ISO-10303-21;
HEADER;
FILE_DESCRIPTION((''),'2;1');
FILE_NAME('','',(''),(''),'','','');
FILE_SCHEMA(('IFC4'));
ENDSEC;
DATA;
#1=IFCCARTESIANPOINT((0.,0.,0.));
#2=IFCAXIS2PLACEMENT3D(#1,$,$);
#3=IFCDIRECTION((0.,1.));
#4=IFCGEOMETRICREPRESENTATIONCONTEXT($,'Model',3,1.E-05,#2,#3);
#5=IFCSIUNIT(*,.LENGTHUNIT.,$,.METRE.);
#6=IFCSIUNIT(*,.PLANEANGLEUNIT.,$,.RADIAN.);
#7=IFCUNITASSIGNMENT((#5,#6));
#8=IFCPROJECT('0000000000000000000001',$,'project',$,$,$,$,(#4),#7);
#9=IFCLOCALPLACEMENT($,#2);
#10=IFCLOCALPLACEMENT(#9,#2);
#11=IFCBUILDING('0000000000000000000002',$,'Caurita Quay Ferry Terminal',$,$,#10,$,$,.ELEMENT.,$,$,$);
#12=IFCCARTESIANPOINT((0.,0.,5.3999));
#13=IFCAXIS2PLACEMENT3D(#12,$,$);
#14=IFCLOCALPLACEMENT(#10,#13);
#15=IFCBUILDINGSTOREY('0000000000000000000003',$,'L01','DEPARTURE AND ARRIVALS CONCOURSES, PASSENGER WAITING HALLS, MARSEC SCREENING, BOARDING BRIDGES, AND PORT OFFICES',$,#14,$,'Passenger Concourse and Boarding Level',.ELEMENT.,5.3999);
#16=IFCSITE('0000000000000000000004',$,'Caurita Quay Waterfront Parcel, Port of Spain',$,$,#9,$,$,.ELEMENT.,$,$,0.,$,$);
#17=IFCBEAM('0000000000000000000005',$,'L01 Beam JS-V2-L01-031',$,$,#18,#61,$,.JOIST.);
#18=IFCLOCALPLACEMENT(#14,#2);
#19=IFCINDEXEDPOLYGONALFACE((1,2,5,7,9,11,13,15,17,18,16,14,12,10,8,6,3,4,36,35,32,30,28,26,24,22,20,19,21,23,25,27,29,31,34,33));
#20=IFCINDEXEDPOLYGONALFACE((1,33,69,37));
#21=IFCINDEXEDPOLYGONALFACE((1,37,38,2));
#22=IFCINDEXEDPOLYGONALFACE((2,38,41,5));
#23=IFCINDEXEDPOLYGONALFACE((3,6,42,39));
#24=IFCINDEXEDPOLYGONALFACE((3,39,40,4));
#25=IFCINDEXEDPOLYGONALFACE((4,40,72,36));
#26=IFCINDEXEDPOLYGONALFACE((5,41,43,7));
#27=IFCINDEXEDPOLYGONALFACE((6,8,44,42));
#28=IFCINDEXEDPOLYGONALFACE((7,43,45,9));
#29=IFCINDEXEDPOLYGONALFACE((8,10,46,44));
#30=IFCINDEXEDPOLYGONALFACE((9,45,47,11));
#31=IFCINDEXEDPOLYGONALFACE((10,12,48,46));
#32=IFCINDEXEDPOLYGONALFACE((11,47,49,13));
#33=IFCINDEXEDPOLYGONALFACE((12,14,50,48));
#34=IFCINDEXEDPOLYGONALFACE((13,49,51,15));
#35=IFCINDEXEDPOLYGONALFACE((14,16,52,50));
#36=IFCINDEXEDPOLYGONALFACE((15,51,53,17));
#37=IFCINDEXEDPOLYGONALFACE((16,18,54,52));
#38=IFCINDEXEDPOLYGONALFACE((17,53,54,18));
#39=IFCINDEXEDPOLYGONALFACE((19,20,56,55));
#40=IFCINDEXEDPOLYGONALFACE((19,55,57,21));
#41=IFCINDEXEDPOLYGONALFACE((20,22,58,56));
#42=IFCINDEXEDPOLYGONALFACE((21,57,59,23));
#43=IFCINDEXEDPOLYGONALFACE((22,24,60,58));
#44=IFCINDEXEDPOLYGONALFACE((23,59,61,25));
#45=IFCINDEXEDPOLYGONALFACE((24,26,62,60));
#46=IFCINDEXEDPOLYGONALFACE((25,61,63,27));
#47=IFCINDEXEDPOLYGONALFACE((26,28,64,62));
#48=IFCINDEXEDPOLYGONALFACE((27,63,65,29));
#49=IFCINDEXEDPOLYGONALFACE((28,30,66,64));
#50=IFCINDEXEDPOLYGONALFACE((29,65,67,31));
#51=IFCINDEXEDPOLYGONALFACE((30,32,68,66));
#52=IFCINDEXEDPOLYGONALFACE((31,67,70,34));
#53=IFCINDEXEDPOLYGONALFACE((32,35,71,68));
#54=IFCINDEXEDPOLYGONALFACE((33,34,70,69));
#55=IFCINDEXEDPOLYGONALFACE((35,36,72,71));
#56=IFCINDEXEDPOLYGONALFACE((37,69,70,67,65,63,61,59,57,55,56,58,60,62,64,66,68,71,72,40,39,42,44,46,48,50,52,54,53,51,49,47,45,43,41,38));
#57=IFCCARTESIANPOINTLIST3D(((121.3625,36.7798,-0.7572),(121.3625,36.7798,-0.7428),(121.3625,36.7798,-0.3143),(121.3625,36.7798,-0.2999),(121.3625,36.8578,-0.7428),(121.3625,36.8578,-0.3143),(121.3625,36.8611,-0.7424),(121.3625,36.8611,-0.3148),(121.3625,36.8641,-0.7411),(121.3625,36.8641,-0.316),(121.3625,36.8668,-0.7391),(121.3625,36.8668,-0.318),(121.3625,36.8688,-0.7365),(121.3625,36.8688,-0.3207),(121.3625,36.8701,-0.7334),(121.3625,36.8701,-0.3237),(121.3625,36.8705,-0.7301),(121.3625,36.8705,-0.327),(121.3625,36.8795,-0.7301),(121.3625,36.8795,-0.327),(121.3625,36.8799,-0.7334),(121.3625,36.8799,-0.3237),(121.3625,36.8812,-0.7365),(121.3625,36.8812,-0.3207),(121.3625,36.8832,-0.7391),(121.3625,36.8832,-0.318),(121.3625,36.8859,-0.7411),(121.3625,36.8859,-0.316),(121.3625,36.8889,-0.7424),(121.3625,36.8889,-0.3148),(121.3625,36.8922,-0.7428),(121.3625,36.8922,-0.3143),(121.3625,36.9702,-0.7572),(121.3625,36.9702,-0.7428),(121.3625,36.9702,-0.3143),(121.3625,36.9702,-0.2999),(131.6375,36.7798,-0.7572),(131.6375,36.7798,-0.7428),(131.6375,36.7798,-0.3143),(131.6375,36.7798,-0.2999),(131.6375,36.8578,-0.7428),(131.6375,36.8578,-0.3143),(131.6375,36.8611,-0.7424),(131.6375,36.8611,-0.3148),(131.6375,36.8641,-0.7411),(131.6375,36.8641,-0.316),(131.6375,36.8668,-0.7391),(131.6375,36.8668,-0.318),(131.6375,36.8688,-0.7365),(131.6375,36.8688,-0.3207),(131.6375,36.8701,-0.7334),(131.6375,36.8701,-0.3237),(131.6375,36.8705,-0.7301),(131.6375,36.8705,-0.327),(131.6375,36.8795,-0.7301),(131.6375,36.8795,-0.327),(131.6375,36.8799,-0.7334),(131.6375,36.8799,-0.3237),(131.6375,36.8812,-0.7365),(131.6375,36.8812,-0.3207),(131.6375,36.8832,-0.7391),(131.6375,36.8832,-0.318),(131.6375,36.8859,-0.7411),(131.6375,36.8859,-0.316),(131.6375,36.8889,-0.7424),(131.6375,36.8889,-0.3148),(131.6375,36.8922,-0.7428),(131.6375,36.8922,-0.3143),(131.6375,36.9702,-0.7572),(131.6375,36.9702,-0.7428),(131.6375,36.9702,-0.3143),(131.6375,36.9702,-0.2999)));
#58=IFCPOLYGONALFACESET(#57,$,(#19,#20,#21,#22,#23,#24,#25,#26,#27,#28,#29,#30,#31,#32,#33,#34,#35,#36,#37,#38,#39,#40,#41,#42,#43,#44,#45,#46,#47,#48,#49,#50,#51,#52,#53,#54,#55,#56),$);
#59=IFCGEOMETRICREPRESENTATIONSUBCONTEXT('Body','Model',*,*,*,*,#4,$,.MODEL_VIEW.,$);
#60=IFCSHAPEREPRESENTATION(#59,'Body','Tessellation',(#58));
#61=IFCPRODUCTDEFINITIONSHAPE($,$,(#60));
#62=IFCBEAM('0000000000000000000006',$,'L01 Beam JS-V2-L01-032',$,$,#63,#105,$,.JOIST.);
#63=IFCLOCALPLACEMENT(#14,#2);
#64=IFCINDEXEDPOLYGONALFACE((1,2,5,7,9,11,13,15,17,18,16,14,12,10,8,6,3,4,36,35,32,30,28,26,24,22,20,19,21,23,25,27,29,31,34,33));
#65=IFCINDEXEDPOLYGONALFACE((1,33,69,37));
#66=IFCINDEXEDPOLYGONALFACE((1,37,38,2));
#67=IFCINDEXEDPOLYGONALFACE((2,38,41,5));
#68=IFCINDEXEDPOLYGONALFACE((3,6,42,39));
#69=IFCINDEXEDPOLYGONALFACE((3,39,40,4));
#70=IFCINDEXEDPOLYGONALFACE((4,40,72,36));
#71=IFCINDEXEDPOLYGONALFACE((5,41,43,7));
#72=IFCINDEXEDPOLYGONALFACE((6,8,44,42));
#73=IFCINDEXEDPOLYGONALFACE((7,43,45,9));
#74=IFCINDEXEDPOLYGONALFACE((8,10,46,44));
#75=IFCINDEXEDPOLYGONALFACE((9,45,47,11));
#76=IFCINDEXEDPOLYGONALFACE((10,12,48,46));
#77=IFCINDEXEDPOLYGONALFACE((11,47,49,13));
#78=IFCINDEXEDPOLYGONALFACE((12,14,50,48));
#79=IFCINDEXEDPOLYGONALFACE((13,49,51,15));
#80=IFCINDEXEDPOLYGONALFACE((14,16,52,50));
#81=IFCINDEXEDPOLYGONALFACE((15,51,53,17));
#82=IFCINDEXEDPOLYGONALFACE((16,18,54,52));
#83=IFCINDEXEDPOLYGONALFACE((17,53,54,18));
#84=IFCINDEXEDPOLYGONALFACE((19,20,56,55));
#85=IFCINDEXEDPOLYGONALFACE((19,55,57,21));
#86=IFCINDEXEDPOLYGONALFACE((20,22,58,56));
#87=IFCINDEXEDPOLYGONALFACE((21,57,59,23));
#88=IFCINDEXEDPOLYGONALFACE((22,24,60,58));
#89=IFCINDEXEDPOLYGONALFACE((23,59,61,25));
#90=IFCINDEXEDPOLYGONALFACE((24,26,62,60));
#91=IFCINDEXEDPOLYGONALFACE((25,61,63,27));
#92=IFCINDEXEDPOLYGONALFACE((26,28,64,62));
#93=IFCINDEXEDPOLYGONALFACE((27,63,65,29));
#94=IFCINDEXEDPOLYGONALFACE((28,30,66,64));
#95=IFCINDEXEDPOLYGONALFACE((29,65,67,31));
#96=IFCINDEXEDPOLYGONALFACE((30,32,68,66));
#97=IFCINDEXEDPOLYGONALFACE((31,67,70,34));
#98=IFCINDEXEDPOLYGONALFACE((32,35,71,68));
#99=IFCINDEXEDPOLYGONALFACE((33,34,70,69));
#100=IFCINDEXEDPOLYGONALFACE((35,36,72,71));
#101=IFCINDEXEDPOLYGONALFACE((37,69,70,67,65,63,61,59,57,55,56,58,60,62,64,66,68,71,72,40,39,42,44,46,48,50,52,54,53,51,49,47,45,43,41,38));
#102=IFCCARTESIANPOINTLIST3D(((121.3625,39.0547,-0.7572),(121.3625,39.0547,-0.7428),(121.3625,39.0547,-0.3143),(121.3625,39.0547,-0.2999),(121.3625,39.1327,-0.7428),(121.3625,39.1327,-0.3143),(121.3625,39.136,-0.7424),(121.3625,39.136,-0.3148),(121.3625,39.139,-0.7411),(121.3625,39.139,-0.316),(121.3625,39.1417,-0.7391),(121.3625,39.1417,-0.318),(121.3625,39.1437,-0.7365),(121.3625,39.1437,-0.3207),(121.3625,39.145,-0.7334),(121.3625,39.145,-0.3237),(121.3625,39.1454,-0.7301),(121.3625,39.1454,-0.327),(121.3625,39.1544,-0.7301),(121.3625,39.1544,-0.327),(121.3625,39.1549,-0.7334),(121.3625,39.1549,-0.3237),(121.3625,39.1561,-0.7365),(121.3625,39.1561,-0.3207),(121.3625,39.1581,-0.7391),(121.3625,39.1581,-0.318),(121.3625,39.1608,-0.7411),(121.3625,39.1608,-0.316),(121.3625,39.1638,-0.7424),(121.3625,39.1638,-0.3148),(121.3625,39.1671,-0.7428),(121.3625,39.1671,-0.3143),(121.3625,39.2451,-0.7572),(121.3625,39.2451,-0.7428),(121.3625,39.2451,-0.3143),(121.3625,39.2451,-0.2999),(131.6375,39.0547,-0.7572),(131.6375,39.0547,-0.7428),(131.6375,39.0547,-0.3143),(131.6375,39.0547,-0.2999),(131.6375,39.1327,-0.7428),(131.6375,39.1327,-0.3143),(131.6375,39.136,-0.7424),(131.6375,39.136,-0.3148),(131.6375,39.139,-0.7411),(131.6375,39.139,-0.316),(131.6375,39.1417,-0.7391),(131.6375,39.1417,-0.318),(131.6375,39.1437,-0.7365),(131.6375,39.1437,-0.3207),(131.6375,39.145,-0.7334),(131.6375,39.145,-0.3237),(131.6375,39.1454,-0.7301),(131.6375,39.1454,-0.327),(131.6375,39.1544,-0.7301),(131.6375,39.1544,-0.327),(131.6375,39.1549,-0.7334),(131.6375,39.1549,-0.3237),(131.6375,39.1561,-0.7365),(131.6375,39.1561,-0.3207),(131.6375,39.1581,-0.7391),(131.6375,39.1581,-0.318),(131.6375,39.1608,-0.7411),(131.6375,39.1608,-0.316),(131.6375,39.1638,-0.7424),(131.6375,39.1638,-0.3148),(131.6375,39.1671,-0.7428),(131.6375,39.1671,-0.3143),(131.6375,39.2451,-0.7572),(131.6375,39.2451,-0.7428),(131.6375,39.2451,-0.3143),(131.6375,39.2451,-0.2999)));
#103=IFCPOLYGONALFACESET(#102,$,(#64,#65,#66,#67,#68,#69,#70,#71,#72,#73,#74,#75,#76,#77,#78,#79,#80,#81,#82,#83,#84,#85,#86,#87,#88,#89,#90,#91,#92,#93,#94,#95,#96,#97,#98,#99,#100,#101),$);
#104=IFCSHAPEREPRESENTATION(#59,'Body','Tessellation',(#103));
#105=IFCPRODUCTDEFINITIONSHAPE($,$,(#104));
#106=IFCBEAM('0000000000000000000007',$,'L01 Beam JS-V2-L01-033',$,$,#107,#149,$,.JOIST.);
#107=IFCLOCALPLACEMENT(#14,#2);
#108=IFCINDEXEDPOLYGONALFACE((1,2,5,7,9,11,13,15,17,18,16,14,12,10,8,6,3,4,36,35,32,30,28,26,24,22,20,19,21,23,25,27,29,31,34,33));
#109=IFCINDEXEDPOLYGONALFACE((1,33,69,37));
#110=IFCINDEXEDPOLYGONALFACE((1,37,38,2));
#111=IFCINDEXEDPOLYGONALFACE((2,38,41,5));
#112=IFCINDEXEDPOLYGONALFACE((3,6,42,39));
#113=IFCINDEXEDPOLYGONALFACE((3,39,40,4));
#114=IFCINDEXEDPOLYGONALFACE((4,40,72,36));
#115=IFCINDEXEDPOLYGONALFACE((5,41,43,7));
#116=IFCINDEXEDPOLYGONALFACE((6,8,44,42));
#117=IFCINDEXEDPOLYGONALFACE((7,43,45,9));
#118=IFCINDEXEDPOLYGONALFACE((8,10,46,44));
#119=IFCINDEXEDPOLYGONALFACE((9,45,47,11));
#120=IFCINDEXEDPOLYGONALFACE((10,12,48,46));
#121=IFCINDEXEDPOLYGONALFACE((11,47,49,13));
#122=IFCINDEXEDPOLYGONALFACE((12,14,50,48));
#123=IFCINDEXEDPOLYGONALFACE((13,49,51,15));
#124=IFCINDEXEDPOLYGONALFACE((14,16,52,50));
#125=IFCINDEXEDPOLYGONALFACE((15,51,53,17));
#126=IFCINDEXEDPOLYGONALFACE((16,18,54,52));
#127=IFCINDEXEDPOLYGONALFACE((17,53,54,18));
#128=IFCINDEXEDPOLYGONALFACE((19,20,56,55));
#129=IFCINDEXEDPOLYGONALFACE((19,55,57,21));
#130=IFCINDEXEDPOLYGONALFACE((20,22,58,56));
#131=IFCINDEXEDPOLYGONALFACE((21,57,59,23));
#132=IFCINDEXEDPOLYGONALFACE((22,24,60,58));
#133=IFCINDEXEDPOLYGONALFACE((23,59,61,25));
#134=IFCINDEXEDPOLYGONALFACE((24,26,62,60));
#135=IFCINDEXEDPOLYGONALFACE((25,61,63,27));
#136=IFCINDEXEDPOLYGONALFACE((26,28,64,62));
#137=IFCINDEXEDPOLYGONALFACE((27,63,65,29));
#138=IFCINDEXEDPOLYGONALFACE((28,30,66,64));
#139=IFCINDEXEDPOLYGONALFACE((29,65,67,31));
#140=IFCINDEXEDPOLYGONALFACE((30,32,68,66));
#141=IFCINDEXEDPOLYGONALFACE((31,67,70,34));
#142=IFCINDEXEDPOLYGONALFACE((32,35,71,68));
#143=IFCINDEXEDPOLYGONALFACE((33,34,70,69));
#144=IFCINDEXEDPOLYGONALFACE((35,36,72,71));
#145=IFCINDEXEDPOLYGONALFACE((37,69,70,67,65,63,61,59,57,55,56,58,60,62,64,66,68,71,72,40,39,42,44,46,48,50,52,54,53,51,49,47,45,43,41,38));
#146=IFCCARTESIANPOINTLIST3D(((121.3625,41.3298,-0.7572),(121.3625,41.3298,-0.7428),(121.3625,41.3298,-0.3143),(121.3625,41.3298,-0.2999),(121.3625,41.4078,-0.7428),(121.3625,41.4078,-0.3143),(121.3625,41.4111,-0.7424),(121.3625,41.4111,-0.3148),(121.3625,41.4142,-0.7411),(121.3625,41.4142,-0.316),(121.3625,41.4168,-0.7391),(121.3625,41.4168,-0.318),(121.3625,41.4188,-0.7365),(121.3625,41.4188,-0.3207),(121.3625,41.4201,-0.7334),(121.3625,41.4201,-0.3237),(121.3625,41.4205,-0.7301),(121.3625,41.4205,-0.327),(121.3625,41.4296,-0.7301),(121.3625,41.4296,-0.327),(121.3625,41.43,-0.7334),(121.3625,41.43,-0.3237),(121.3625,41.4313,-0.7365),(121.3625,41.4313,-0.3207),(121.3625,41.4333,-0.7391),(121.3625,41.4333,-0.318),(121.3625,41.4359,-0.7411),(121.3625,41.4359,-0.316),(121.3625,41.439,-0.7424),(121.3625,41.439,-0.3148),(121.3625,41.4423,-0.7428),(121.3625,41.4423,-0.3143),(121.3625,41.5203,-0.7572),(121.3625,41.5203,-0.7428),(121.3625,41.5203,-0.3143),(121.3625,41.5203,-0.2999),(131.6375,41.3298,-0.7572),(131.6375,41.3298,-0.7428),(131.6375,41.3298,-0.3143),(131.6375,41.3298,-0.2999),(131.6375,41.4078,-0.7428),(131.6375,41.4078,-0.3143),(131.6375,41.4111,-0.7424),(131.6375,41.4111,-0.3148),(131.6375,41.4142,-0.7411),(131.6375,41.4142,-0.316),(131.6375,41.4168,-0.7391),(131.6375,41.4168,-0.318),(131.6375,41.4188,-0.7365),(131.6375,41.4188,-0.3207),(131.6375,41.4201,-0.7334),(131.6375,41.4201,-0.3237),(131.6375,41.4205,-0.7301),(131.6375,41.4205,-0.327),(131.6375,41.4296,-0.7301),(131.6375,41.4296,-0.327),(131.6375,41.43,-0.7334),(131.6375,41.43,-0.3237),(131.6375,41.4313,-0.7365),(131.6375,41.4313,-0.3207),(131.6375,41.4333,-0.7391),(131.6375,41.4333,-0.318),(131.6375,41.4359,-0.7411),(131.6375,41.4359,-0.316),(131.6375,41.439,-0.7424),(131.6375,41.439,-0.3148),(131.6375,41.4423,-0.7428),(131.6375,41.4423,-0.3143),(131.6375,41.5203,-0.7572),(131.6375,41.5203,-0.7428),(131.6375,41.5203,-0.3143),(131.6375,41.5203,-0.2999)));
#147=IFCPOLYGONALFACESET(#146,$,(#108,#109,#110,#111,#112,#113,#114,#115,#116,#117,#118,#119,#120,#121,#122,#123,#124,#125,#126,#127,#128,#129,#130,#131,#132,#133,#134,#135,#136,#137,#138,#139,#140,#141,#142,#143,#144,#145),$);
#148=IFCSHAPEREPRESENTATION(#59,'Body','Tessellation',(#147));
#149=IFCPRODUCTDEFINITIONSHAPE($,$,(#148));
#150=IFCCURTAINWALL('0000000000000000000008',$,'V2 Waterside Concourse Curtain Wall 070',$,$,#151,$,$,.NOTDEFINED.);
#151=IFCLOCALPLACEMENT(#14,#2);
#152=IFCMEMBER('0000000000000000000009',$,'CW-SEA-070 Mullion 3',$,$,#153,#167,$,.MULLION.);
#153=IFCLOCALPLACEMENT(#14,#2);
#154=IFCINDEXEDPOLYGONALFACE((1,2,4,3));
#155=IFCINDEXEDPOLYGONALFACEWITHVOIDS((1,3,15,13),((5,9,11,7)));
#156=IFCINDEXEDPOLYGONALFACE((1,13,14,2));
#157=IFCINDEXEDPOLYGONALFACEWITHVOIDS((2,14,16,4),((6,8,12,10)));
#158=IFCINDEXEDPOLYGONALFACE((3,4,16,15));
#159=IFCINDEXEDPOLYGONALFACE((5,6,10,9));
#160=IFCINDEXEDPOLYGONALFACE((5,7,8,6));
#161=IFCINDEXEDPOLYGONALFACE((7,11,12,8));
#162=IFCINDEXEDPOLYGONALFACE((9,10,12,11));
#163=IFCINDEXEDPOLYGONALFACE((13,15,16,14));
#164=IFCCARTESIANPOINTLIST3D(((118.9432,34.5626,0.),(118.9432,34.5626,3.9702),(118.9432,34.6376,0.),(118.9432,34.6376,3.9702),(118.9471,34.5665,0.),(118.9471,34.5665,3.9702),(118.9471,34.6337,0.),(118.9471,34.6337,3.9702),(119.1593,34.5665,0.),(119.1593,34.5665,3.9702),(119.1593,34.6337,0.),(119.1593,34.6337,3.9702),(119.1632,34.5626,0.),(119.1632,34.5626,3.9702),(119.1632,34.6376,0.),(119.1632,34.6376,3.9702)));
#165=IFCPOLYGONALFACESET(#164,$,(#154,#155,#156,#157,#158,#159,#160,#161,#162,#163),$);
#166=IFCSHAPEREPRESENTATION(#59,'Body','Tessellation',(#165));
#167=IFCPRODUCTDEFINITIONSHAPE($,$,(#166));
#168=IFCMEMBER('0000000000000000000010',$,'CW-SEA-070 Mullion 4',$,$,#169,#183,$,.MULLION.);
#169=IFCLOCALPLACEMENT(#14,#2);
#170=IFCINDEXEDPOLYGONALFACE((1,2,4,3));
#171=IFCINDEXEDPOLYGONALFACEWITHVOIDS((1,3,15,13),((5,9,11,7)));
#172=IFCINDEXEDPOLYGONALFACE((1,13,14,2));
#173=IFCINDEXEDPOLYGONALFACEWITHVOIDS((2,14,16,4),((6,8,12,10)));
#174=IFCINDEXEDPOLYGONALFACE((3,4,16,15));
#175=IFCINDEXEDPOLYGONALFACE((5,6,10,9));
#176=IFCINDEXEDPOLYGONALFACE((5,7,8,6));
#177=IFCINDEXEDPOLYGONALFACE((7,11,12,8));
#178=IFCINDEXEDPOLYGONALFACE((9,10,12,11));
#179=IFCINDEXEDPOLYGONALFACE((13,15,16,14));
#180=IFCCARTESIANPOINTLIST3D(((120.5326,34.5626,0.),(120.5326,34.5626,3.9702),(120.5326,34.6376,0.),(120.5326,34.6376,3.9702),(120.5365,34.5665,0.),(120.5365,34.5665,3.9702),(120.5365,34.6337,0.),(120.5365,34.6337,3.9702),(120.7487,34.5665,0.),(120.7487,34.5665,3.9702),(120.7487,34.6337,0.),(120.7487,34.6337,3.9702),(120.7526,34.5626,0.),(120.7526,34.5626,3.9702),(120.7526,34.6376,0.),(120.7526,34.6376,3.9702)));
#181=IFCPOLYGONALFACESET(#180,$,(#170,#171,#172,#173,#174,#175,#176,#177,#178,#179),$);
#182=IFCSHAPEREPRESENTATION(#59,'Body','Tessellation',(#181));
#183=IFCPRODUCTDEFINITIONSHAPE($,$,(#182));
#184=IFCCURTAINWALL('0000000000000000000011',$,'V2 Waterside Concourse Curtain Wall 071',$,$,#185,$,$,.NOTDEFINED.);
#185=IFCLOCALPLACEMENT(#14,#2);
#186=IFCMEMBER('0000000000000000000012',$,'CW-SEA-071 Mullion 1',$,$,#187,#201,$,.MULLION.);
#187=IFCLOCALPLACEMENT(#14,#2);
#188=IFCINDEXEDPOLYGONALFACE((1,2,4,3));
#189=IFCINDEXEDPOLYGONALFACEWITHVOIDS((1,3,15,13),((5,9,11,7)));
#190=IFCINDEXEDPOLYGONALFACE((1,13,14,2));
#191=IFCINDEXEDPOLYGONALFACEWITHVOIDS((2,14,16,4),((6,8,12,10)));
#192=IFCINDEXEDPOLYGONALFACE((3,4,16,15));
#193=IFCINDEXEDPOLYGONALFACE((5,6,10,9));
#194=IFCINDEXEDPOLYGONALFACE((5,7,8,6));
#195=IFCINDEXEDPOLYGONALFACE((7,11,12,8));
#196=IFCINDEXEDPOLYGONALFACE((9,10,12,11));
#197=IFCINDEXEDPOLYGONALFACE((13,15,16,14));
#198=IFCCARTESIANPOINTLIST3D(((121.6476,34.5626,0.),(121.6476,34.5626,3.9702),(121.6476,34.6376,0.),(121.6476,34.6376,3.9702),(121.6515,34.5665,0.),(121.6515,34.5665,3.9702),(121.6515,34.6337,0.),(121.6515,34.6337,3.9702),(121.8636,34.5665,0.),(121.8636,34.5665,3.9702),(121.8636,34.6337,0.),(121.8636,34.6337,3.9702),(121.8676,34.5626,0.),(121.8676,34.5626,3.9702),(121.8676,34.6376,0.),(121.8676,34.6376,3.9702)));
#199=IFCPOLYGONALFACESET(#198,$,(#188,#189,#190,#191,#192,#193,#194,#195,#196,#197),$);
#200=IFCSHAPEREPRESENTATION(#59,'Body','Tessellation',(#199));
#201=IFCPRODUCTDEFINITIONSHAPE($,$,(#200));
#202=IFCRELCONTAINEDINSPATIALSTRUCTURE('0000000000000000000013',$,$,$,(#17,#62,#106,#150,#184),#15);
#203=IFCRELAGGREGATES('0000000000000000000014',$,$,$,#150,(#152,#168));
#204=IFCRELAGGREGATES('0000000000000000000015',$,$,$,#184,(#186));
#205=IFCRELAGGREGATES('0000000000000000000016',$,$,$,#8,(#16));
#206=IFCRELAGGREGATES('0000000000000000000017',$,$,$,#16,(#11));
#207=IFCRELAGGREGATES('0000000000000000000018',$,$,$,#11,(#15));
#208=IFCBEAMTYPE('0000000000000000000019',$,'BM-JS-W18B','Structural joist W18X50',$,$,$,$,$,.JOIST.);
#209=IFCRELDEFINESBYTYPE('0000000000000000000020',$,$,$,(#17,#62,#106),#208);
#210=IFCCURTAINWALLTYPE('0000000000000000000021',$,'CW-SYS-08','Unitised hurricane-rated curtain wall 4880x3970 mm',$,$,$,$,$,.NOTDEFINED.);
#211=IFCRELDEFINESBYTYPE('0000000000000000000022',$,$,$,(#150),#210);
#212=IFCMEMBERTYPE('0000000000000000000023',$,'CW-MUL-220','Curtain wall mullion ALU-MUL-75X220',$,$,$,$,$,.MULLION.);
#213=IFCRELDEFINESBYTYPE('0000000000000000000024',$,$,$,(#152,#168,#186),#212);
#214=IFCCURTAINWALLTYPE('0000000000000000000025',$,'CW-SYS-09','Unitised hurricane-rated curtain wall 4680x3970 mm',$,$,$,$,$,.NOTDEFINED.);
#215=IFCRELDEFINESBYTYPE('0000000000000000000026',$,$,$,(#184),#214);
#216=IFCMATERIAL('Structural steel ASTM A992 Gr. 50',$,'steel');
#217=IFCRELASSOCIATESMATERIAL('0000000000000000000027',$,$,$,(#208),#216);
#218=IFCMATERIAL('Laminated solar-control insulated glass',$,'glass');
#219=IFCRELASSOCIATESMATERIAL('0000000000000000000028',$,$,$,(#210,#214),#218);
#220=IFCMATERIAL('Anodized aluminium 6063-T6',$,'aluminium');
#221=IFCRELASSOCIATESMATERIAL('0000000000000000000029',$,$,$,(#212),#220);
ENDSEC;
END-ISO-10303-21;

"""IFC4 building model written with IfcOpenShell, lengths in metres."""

from ifc_helpers import new_model, si_unit, direction, frame, origin, origin_2d, place, context, subcontext, project, spatial, hollow_rectangle, i_section, extrude, material, material_profile, profile_set, type_object, element, aggregate, save


model = new_model("IFC4")

# Units and contexts
model_context = context("Model", 3, precision=1e-05, world=origin(), true_north=direction((0.0, 1.0)))
body_context = subcontext(model_context, "Body", "Model", "MODEL_VIEW")
ifc_project = project(units=[si_unit("LENGTHUNIT", "METRE"), si_unit("PLANEANGLEUNIT", "RADIAN")], contexts=[model_context])

# Site, building, storey
site_placement = place(None, origin())
site = spatial("IfcSite", under=ifc_project, at=site_placement, Name="Caurita Quay Waterfront Parcel, Port of Spain", CompositionType="ELEMENT", RefElevation=0.0)
building_placement = place(site_placement, origin())
building = spatial("IfcBuilding", under=site, at=building_placement, Name="Caurita Quay Ferry Terminal", CompositionType="ELEMENT")
storey_placement = place(building_placement, frame((0.0, 0.0, 5.3999)))
storey = spatial("IfcBuildingStorey", under=building, at=storey_placement, Name="L01", Description="DEPARTURE AND ARRIVALS CONCOURSES, PASSENGER WAITING HALLS, MARSEC SCREENING, BOARDING BRIDGES, AND PORT OFFICES", LongName="Passenger Concourse and Boarding Level", CompositionType="ELEMENT", Elevation=5.3999)

# Beams
ifc_material_1 = material(Name="Structural steel ASTM A992 Gr. 50", Category="steel")
ifc_material_profile_1 = material_profile(ifc_material_1, i_section(OverallWidth=0.1904, OverallDepth=0.4573, WebThickness=0.009, FlangeThickness=0.0144, FilletRadius=0.0127, at=origin_2d()), Name="W18X50")
ifc_profile_set_1 = profile_set([ifc_material_profile_1], Name="Structural steel ASTM A992 Gr. 50")
beam_type_1 = type_object("IfcBeamType", Name="BM-JS-W18B", Description="Structural joist W18X50", PredefinedType="JOIST", material=ifc_profile_set_1)
for number, where, z_axis, x_axis, name in (
    (1, (121.3625, 36.875, -0.5286), (1.0, 0.0, 0.0), (0.0, 1.0, 0.0), "L01 Beam JS-V2-L01-031"),
    (2, (121.3625, 39.1499, -0.5286), (1.0, 0.0, 0.0), (0.0, 1.0, 0.0), "L01 Beam JS-V2-L01-032"),
    (3, (121.3625, 41.425, -0.5286), (1.0, 0.0, 0.0), (0.0, 1.0, 0.0), "L01 Beam JS-V2-L01-033"),
):
    element("IfcBeam", number, at=place(storey_placement, frame(where, z_axis=z_axis, x_axis=x_axis)), inside=storey, type_object=beam_type_1, Name=name, PredefinedType="JOIST", context=body_context, shape_type="SweptSolid", body=[
        extrude(i_section(OverallWidth=0.1904, OverallDepth=0.4573, WebThickness=0.009, FlangeThickness=0.0144, FilletRadius=0.0127, at=origin_2d()), origin(), (0.0, 0.0, 1.0), 10.2749),
    ])

# Curtain walls, members
ifc_material_2 = material(Name="Laminated solar-control insulated glass", Category="glass")
curtain_wall_type_1 = type_object("IfcCurtainWallType", Name="CW-SYS-08", Description="Unitised hurricane-rated curtain wall 4880x3970 mm", PredefinedType="NOTDEFINED", material=ifc_material_2)
curtain_wall_1_placement = place(storey_placement, origin())
curtain_wall_1 = element("IfcCurtainWall", 4, at=curtain_wall_1_placement, inside=storey, type_object=curtain_wall_type_1, Name="V2 Waterside Concourse Curtain Wall 070", PredefinedType="NOTDEFINED")
ifc_material_3 = material(Name="Anodized aluminium 6063-T6", Category="aluminium")
ifc_material_profile_2 = material_profile(ifc_material_3, hollow_rectangle(XDim=0.075, YDim=0.22, WallThickness=0.0039, at=origin_2d()), Name="ALU-MUL-75X220")
ifc_profile_set_2 = profile_set([ifc_material_profile_2], Name="Anodized aluminium 6063-T6")
member_type_1 = type_object("IfcMemberType", Name="CW-MUL-220", Description="Curtain wall mullion ALU-MUL-75X220", PredefinedType="MULLION", material=ifc_profile_set_2)
member_1_placement = place(storey_placement, frame((119.0532, 34.6001, 0.0), z_axis=(0.0, 0.0, 1.0), x_axis=(0.0, 1.0, 0.0)))
member_1 = element("IfcMember", 5, at=member_1_placement, type_object=member_type_1, Name="CW-SEA-070 Mullion 3", PredefinedType="MULLION", context=body_context, shape_type="SweptSolid", body=[
    extrude(hollow_rectangle(XDim=0.075, YDim=0.22, WallThickness=0.0039, at=origin_2d()), origin(), (0.0, 0.0, 1.0), 3.9702),
])
member_2_placement = place(storey_placement, frame((120.6426, 34.6001, 0.0), z_axis=(0.0, 0.0, 1.0), x_axis=(0.0, 1.0, 0.0)))
member_2 = element("IfcMember", 6, at=member_2_placement, type_object=member_type_1, Name="CW-SEA-070 Mullion 4", PredefinedType="MULLION", context=body_context, shape_type="SweptSolid", body=[
    extrude(hollow_rectangle(XDim=0.075, YDim=0.22, WallThickness=0.0039, at=origin_2d()), origin(), (0.0, 0.0, 1.0), 3.9702),
])
curtain_wall_type_2 = type_object("IfcCurtainWallType", Name="CW-SYS-09", Description="Unitised hurricane-rated curtain wall 4680x3970 mm", PredefinedType="NOTDEFINED", material=ifc_material_2)
curtain_wall_2_placement = place(storey_placement, origin())
curtain_wall_2 = element("IfcCurtainWall", 7, at=curtain_wall_2_placement, inside=storey, type_object=curtain_wall_type_2, Name="V2 Waterside Concourse Curtain Wall 071", PredefinedType="NOTDEFINED")
member_3_placement = place(storey_placement, frame((121.7576, 34.6001, 0.0), z_axis=(0.0, 0.0, 1.0), x_axis=(0.0, 1.0, 0.0)))
member_3 = element("IfcMember", 8, at=member_3_placement, type_object=member_type_1, Name="CW-SEA-071 Mullion 1", PredefinedType="MULLION", context=body_context, shape_type="SweptSolid", body=[
    extrude(hollow_rectangle(XDim=0.075, YDim=0.22, WallThickness=0.0039, at=origin_2d()), origin(), (0.0, 0.0, 1.0), 3.9702),
])

aggregate(curtain_wall_1, [member_1, member_2])
aggregate(curtain_wall_2, [member_3])

save(model, "model.ifc")
